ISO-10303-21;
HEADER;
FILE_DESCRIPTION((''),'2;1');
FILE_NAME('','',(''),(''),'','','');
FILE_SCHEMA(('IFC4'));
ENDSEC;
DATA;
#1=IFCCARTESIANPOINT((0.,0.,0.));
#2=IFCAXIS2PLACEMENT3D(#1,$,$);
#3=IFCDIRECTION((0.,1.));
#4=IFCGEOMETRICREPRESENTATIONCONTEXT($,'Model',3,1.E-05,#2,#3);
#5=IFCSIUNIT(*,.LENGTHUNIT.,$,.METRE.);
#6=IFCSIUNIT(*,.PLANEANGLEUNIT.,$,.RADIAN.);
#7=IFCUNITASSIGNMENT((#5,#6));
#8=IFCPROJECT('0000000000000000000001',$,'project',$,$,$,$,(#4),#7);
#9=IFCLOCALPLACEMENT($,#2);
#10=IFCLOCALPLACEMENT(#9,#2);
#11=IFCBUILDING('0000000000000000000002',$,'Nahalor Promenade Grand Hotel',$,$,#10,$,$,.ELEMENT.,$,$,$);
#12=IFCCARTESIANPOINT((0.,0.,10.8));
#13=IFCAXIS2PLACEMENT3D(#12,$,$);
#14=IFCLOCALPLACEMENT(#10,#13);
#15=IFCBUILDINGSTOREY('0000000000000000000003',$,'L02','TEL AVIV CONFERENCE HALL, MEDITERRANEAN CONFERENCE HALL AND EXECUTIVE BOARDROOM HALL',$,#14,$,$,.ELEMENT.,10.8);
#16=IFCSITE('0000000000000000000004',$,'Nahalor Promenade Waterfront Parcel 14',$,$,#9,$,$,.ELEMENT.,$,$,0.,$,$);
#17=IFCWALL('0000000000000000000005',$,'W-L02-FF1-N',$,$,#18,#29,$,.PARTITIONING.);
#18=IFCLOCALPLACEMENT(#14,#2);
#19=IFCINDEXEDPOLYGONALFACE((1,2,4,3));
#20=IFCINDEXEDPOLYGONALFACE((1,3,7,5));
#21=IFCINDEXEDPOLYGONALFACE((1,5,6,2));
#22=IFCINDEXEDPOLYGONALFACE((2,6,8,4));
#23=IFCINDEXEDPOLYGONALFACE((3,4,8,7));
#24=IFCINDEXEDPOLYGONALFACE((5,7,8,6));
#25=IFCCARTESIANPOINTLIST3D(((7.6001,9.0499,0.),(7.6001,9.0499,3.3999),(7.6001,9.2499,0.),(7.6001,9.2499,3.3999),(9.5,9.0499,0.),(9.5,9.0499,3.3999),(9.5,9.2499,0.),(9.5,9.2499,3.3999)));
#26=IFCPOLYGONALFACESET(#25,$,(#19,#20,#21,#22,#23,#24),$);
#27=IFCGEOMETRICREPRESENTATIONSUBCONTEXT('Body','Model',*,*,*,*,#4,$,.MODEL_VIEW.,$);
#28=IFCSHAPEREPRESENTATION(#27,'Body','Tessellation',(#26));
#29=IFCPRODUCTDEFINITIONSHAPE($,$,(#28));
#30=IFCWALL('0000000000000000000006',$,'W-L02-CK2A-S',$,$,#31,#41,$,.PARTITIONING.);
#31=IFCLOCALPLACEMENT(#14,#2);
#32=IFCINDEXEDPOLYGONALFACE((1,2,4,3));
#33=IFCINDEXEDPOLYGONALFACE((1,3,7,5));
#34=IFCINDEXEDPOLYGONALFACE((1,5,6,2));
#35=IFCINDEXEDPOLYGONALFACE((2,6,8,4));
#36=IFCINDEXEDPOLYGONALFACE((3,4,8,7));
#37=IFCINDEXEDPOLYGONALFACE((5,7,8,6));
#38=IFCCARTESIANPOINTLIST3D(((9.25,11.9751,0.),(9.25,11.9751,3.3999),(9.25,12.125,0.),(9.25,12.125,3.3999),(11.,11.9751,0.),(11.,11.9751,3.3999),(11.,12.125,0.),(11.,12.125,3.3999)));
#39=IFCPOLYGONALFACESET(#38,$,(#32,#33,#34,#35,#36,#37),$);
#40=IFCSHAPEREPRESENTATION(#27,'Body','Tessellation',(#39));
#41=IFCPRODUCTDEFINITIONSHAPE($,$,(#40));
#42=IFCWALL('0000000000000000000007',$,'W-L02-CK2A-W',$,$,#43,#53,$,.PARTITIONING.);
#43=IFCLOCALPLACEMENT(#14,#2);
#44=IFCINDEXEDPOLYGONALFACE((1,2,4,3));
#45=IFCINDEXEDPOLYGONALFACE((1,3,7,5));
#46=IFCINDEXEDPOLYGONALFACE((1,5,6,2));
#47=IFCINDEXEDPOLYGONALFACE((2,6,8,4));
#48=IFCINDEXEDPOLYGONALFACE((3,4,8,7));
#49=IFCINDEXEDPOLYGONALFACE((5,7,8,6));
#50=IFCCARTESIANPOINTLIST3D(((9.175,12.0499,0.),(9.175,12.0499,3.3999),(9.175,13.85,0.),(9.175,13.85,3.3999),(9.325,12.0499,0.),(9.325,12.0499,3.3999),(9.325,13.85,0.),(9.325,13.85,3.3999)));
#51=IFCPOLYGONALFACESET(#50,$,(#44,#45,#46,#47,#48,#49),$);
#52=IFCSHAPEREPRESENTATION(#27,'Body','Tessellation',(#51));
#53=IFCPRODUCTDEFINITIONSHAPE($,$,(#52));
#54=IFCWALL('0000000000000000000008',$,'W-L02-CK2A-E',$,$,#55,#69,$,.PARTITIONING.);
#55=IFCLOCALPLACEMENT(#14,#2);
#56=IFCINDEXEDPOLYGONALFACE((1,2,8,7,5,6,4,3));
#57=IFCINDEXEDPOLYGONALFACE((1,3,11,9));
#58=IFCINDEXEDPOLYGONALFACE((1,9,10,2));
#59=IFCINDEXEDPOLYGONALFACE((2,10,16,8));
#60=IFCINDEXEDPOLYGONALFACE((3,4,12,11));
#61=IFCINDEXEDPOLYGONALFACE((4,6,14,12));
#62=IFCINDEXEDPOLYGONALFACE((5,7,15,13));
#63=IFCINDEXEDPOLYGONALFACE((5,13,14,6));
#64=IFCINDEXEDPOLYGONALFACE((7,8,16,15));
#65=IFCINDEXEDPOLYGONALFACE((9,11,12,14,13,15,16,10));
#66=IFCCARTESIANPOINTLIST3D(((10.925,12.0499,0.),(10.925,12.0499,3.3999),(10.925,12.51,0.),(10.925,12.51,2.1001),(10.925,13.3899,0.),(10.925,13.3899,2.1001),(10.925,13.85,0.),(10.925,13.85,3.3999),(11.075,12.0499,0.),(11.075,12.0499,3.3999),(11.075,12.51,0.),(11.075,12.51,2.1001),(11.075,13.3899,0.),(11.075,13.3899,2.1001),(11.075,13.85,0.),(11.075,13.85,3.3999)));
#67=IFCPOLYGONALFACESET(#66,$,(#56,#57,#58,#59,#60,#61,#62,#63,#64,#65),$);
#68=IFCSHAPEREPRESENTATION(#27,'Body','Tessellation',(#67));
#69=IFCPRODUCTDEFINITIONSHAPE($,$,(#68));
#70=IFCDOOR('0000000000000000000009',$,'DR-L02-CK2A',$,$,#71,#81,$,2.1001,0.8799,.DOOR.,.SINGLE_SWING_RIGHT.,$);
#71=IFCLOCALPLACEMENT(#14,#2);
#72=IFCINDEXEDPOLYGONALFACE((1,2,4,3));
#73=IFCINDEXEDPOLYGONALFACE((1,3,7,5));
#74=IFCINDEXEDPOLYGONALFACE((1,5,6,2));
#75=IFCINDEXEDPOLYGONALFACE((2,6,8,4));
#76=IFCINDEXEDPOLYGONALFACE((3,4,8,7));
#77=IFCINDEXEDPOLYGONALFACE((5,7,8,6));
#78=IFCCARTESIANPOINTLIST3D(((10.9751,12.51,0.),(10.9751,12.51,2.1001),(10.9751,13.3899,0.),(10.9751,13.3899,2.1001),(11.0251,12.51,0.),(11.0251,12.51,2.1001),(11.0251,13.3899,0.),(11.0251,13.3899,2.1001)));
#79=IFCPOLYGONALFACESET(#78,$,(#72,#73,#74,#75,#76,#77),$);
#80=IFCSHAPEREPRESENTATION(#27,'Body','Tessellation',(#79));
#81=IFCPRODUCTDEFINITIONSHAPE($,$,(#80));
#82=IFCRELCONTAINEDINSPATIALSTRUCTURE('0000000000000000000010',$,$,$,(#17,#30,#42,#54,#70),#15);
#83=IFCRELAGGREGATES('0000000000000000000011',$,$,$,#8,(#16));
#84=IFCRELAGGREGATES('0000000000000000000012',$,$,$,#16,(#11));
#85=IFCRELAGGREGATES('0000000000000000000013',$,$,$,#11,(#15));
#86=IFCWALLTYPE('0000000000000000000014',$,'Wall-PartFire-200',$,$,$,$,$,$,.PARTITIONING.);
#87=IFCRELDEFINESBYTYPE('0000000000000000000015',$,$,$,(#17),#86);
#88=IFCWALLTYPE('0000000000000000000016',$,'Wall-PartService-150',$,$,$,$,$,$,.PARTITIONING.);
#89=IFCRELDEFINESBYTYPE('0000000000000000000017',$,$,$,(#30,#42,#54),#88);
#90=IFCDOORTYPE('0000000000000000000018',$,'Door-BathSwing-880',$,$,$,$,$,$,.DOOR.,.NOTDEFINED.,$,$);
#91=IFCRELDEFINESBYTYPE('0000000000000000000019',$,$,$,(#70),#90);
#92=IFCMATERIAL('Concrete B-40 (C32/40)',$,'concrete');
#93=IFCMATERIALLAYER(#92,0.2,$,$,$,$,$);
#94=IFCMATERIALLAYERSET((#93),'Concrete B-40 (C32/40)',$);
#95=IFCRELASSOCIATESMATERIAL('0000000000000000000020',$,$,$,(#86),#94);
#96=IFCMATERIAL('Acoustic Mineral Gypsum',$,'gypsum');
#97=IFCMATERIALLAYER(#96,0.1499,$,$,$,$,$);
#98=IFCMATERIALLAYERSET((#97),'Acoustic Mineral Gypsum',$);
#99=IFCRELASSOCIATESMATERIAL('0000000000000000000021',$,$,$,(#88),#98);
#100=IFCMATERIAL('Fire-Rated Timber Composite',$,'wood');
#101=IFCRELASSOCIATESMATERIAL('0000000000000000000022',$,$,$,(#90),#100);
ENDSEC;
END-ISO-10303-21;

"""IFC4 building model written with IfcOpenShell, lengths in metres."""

from ifc_helpers import new_model, si_unit, direction, frame, frame_2d, origin, place, context, subcontext, project, spatial, rectangle, extrude, source, transform, mapped, material, layer, layer_set, type_object, element, fill, save


model = new_model("IFC4")

# Units and contexts
model_context = context("Model", 3, precision=1e-05, world=origin(), true_north=direction((0.0, 1.0)))
body_context = subcontext(model_context, "Body", "Model", "MODEL_VIEW")
ifc_project = project(units=[si_unit("LENGTHUNIT", "METRE"), si_unit("PLANEANGLEUNIT", "RADIAN")], contexts=[model_context])

# Site, building, storey
site_placement = place(None, origin())
site = spatial("IfcSite", under=ifc_project, at=site_placement, Name="Nahalor Promenade Waterfront Parcel 14", CompositionType="ELEMENT", RefElevation=0.0)
building_placement = place(site_placement, origin())
building = spatial("IfcBuilding", under=site, at=building_placement, Name="Nahalor Promenade Grand Hotel", CompositionType="ELEMENT")
storey_placement = place(building_placement, frame((0.0, 0.0, 10.8)))
storey = spatial("IfcBuildingStorey", under=building, at=storey_placement, Name="L02", Description="TEL AVIV CONFERENCE HALL, MEDITERRANEAN CONFERENCE HALL AND EXECUTIVE BOARDROOM HALL", CompositionType="ELEMENT", Elevation=10.8)

# Walls
ifc_material_1 = material(Name="Concrete B-40 (C32/40)", Category="concrete")
ifc_layer_1 = layer(ifc_material_1, 0.2)
ifc_layer_set_1 = layer_set([ifc_layer_1], Name="Concrete B-40 (C32/40)")
wall_type_1 = type_object("IfcWallType", Name="Wall-PartFire-200", PredefinedType="PARTITIONING", material=ifc_layer_set_1)
shared_shape_1 = source(origin(), body_context, "Body", "SweptSolid", [
    extrude(rectangle(XDim=1.8999, YDim=0.2, at=frame_2d((0.95, 0.0))), origin(), (0.0, 0.0, 1.0), 3.3999),
])
wall_1_placement = place(storey_placement, frame((7.6001, 9.1499, 0.0), z_axis=(0.0, 0.0, 1.0), x_axis=(1.0, 0.0, 0.0)))
element("IfcWall", 1, at=wall_1_placement, inside=storey, type_object=wall_type_1, Name="W-L02-FF1-N", PredefinedType="PARTITIONING", context=body_context, shape_type="MappedRepresentation", body=[
    mapped(shared_shape_1, transform((0.0, 0.0, 0.0), scale=1.0)),
])
ifc_material_2 = material(Name="Acoustic Mineral Gypsum", Category="gypsum")
ifc_layer_2 = layer(ifc_material_2, 0.1499)
ifc_layer_set_2 = layer_set([ifc_layer_2], Name="Acoustic Mineral Gypsum")
wall_type_2 = type_object("IfcWallType", Name="Wall-PartService-150", PredefinedType="PARTITIONING", material=ifc_layer_set_2)
shared_shape_2 = source(origin(), body_context, "Body", "SweptSolid", [
    extrude(rectangle(XDim=1.75, YDim=0.1499, at=frame_2d((0.875, 0.0))), origin(), (0.0, 0.0, 1.0), 3.3999),
])
wall_2_placement = place(storey_placement, frame((9.25, 12.05, 0.0), z_axis=(0.0, 0.0, 1.0), x_axis=(1.0, 0.0, 0.0)))
element("IfcWall", 2, at=wall_2_placement, inside=storey, type_object=wall_type_2, Name="W-L02-CK2A-S", PredefinedType="PARTITIONING", context=body_context, shape_type="MappedRepresentation", body=[
    mapped(shared_shape_2, transform((0.0, 0.0, 0.0), scale=1.0)),
])
shared_shape_3 = source(origin(), body_context, "Body", "SweptSolid", [
    extrude(rectangle(XDim=1.8, YDim=0.1499, at=frame_2d((0.8999, 0.0))), origin(), (0.0, 0.0, 1.0), 3.3999),
])
wall_3_placement = place(storey_placement, frame((9.25, 12.05, 0.0), z_axis=(0.0, 0.0, 1.0), x_axis=(0.0, 1.0, 0.0)))
element("IfcWall", 3, at=wall_3_placement, inside=storey, type_object=wall_type_2, Name="W-L02-CK2A-W", PredefinedType="PARTITIONING", context=body_context, shape_type="MappedRepresentation", body=[
    mapped(shared_shape_3, transform((0.0, 0.0, 0.0), scale=1.0)),
])

# Wall, opening, door
wall_4_placement = place(storey_placement, frame((11.0, 12.05, 0.0), z_axis=(0.0, 0.0, 1.0), x_axis=(0.0, 1.0, 0.0)))
wall_4 = element("IfcWall", 4, at=wall_4_placement, inside=storey, type_object=wall_type_2, Name="W-L02-CK2A-E", PredefinedType="PARTITIONING", context=body_context, shape_type="MappedRepresentation", body=[
    mapped(shared_shape_3, transform((0.0, 0.0, 0.0), scale=1.0)),
])
opening_1_placement = place(wall_4_placement, frame((0.46, 0.0, 0.0)))
opening_1 = element("IfcOpeningElement", 5, at=opening_1_placement, cuts=wall_4, PredefinedType="OPENING", context=body_context, shape_type="SweptSolid", body=[
    extrude(rectangle(XDim=0.8799, YDim=2.1001, at=frame_2d((0.4399, 1.05))), frame((0.0, 0.085, 0.0), z_axis=(0.0, -1.0, 0.0), x_axis=(1.0, 0.0, 0.0)), (0.0, 0.0, 1.0), 0.1699),
])
ifc_material_3 = material(Name="Fire-Rated Timber Composite", Category="wood")
door_type_1 = type_object("IfcDoorType", Name="Door-BathSwing-880", OperationType="NOTDEFINED", PredefinedType="DOOR", material=ifc_material_3)
shared_shape_4 = source(origin(), body_context, "Body", "SweptSolid", [
    extrude(rectangle(XDim=0.8799, YDim=2.1001, at=frame_2d((0.4399, 1.05))), frame((0.0, 0.0249, 0.0), z_axis=(0.0, -1.0, 0.0), x_axis=(1.0, 0.0, 0.0)), (0.0, 0.0, 1.0), 0.05),
])
door_1_placement = place(opening_1_placement, origin())
door_1 = element("IfcDoor", 6, at=door_1_placement, inside=storey, type_object=door_type_1, Name="DR-L02-CK2A", OperationType="SINGLE_SWING_RIGHT", OverallHeight=2.1001, OverallWidth=0.8799, PredefinedType="DOOR", context=body_context, shape_type="MappedRepresentation", body=[
    mapped(shared_shape_4, transform((0.0, 0.0, 0.0), scale=1.0)),
])
fill(opening_1, door_1)

save(model, "model.ifc")
